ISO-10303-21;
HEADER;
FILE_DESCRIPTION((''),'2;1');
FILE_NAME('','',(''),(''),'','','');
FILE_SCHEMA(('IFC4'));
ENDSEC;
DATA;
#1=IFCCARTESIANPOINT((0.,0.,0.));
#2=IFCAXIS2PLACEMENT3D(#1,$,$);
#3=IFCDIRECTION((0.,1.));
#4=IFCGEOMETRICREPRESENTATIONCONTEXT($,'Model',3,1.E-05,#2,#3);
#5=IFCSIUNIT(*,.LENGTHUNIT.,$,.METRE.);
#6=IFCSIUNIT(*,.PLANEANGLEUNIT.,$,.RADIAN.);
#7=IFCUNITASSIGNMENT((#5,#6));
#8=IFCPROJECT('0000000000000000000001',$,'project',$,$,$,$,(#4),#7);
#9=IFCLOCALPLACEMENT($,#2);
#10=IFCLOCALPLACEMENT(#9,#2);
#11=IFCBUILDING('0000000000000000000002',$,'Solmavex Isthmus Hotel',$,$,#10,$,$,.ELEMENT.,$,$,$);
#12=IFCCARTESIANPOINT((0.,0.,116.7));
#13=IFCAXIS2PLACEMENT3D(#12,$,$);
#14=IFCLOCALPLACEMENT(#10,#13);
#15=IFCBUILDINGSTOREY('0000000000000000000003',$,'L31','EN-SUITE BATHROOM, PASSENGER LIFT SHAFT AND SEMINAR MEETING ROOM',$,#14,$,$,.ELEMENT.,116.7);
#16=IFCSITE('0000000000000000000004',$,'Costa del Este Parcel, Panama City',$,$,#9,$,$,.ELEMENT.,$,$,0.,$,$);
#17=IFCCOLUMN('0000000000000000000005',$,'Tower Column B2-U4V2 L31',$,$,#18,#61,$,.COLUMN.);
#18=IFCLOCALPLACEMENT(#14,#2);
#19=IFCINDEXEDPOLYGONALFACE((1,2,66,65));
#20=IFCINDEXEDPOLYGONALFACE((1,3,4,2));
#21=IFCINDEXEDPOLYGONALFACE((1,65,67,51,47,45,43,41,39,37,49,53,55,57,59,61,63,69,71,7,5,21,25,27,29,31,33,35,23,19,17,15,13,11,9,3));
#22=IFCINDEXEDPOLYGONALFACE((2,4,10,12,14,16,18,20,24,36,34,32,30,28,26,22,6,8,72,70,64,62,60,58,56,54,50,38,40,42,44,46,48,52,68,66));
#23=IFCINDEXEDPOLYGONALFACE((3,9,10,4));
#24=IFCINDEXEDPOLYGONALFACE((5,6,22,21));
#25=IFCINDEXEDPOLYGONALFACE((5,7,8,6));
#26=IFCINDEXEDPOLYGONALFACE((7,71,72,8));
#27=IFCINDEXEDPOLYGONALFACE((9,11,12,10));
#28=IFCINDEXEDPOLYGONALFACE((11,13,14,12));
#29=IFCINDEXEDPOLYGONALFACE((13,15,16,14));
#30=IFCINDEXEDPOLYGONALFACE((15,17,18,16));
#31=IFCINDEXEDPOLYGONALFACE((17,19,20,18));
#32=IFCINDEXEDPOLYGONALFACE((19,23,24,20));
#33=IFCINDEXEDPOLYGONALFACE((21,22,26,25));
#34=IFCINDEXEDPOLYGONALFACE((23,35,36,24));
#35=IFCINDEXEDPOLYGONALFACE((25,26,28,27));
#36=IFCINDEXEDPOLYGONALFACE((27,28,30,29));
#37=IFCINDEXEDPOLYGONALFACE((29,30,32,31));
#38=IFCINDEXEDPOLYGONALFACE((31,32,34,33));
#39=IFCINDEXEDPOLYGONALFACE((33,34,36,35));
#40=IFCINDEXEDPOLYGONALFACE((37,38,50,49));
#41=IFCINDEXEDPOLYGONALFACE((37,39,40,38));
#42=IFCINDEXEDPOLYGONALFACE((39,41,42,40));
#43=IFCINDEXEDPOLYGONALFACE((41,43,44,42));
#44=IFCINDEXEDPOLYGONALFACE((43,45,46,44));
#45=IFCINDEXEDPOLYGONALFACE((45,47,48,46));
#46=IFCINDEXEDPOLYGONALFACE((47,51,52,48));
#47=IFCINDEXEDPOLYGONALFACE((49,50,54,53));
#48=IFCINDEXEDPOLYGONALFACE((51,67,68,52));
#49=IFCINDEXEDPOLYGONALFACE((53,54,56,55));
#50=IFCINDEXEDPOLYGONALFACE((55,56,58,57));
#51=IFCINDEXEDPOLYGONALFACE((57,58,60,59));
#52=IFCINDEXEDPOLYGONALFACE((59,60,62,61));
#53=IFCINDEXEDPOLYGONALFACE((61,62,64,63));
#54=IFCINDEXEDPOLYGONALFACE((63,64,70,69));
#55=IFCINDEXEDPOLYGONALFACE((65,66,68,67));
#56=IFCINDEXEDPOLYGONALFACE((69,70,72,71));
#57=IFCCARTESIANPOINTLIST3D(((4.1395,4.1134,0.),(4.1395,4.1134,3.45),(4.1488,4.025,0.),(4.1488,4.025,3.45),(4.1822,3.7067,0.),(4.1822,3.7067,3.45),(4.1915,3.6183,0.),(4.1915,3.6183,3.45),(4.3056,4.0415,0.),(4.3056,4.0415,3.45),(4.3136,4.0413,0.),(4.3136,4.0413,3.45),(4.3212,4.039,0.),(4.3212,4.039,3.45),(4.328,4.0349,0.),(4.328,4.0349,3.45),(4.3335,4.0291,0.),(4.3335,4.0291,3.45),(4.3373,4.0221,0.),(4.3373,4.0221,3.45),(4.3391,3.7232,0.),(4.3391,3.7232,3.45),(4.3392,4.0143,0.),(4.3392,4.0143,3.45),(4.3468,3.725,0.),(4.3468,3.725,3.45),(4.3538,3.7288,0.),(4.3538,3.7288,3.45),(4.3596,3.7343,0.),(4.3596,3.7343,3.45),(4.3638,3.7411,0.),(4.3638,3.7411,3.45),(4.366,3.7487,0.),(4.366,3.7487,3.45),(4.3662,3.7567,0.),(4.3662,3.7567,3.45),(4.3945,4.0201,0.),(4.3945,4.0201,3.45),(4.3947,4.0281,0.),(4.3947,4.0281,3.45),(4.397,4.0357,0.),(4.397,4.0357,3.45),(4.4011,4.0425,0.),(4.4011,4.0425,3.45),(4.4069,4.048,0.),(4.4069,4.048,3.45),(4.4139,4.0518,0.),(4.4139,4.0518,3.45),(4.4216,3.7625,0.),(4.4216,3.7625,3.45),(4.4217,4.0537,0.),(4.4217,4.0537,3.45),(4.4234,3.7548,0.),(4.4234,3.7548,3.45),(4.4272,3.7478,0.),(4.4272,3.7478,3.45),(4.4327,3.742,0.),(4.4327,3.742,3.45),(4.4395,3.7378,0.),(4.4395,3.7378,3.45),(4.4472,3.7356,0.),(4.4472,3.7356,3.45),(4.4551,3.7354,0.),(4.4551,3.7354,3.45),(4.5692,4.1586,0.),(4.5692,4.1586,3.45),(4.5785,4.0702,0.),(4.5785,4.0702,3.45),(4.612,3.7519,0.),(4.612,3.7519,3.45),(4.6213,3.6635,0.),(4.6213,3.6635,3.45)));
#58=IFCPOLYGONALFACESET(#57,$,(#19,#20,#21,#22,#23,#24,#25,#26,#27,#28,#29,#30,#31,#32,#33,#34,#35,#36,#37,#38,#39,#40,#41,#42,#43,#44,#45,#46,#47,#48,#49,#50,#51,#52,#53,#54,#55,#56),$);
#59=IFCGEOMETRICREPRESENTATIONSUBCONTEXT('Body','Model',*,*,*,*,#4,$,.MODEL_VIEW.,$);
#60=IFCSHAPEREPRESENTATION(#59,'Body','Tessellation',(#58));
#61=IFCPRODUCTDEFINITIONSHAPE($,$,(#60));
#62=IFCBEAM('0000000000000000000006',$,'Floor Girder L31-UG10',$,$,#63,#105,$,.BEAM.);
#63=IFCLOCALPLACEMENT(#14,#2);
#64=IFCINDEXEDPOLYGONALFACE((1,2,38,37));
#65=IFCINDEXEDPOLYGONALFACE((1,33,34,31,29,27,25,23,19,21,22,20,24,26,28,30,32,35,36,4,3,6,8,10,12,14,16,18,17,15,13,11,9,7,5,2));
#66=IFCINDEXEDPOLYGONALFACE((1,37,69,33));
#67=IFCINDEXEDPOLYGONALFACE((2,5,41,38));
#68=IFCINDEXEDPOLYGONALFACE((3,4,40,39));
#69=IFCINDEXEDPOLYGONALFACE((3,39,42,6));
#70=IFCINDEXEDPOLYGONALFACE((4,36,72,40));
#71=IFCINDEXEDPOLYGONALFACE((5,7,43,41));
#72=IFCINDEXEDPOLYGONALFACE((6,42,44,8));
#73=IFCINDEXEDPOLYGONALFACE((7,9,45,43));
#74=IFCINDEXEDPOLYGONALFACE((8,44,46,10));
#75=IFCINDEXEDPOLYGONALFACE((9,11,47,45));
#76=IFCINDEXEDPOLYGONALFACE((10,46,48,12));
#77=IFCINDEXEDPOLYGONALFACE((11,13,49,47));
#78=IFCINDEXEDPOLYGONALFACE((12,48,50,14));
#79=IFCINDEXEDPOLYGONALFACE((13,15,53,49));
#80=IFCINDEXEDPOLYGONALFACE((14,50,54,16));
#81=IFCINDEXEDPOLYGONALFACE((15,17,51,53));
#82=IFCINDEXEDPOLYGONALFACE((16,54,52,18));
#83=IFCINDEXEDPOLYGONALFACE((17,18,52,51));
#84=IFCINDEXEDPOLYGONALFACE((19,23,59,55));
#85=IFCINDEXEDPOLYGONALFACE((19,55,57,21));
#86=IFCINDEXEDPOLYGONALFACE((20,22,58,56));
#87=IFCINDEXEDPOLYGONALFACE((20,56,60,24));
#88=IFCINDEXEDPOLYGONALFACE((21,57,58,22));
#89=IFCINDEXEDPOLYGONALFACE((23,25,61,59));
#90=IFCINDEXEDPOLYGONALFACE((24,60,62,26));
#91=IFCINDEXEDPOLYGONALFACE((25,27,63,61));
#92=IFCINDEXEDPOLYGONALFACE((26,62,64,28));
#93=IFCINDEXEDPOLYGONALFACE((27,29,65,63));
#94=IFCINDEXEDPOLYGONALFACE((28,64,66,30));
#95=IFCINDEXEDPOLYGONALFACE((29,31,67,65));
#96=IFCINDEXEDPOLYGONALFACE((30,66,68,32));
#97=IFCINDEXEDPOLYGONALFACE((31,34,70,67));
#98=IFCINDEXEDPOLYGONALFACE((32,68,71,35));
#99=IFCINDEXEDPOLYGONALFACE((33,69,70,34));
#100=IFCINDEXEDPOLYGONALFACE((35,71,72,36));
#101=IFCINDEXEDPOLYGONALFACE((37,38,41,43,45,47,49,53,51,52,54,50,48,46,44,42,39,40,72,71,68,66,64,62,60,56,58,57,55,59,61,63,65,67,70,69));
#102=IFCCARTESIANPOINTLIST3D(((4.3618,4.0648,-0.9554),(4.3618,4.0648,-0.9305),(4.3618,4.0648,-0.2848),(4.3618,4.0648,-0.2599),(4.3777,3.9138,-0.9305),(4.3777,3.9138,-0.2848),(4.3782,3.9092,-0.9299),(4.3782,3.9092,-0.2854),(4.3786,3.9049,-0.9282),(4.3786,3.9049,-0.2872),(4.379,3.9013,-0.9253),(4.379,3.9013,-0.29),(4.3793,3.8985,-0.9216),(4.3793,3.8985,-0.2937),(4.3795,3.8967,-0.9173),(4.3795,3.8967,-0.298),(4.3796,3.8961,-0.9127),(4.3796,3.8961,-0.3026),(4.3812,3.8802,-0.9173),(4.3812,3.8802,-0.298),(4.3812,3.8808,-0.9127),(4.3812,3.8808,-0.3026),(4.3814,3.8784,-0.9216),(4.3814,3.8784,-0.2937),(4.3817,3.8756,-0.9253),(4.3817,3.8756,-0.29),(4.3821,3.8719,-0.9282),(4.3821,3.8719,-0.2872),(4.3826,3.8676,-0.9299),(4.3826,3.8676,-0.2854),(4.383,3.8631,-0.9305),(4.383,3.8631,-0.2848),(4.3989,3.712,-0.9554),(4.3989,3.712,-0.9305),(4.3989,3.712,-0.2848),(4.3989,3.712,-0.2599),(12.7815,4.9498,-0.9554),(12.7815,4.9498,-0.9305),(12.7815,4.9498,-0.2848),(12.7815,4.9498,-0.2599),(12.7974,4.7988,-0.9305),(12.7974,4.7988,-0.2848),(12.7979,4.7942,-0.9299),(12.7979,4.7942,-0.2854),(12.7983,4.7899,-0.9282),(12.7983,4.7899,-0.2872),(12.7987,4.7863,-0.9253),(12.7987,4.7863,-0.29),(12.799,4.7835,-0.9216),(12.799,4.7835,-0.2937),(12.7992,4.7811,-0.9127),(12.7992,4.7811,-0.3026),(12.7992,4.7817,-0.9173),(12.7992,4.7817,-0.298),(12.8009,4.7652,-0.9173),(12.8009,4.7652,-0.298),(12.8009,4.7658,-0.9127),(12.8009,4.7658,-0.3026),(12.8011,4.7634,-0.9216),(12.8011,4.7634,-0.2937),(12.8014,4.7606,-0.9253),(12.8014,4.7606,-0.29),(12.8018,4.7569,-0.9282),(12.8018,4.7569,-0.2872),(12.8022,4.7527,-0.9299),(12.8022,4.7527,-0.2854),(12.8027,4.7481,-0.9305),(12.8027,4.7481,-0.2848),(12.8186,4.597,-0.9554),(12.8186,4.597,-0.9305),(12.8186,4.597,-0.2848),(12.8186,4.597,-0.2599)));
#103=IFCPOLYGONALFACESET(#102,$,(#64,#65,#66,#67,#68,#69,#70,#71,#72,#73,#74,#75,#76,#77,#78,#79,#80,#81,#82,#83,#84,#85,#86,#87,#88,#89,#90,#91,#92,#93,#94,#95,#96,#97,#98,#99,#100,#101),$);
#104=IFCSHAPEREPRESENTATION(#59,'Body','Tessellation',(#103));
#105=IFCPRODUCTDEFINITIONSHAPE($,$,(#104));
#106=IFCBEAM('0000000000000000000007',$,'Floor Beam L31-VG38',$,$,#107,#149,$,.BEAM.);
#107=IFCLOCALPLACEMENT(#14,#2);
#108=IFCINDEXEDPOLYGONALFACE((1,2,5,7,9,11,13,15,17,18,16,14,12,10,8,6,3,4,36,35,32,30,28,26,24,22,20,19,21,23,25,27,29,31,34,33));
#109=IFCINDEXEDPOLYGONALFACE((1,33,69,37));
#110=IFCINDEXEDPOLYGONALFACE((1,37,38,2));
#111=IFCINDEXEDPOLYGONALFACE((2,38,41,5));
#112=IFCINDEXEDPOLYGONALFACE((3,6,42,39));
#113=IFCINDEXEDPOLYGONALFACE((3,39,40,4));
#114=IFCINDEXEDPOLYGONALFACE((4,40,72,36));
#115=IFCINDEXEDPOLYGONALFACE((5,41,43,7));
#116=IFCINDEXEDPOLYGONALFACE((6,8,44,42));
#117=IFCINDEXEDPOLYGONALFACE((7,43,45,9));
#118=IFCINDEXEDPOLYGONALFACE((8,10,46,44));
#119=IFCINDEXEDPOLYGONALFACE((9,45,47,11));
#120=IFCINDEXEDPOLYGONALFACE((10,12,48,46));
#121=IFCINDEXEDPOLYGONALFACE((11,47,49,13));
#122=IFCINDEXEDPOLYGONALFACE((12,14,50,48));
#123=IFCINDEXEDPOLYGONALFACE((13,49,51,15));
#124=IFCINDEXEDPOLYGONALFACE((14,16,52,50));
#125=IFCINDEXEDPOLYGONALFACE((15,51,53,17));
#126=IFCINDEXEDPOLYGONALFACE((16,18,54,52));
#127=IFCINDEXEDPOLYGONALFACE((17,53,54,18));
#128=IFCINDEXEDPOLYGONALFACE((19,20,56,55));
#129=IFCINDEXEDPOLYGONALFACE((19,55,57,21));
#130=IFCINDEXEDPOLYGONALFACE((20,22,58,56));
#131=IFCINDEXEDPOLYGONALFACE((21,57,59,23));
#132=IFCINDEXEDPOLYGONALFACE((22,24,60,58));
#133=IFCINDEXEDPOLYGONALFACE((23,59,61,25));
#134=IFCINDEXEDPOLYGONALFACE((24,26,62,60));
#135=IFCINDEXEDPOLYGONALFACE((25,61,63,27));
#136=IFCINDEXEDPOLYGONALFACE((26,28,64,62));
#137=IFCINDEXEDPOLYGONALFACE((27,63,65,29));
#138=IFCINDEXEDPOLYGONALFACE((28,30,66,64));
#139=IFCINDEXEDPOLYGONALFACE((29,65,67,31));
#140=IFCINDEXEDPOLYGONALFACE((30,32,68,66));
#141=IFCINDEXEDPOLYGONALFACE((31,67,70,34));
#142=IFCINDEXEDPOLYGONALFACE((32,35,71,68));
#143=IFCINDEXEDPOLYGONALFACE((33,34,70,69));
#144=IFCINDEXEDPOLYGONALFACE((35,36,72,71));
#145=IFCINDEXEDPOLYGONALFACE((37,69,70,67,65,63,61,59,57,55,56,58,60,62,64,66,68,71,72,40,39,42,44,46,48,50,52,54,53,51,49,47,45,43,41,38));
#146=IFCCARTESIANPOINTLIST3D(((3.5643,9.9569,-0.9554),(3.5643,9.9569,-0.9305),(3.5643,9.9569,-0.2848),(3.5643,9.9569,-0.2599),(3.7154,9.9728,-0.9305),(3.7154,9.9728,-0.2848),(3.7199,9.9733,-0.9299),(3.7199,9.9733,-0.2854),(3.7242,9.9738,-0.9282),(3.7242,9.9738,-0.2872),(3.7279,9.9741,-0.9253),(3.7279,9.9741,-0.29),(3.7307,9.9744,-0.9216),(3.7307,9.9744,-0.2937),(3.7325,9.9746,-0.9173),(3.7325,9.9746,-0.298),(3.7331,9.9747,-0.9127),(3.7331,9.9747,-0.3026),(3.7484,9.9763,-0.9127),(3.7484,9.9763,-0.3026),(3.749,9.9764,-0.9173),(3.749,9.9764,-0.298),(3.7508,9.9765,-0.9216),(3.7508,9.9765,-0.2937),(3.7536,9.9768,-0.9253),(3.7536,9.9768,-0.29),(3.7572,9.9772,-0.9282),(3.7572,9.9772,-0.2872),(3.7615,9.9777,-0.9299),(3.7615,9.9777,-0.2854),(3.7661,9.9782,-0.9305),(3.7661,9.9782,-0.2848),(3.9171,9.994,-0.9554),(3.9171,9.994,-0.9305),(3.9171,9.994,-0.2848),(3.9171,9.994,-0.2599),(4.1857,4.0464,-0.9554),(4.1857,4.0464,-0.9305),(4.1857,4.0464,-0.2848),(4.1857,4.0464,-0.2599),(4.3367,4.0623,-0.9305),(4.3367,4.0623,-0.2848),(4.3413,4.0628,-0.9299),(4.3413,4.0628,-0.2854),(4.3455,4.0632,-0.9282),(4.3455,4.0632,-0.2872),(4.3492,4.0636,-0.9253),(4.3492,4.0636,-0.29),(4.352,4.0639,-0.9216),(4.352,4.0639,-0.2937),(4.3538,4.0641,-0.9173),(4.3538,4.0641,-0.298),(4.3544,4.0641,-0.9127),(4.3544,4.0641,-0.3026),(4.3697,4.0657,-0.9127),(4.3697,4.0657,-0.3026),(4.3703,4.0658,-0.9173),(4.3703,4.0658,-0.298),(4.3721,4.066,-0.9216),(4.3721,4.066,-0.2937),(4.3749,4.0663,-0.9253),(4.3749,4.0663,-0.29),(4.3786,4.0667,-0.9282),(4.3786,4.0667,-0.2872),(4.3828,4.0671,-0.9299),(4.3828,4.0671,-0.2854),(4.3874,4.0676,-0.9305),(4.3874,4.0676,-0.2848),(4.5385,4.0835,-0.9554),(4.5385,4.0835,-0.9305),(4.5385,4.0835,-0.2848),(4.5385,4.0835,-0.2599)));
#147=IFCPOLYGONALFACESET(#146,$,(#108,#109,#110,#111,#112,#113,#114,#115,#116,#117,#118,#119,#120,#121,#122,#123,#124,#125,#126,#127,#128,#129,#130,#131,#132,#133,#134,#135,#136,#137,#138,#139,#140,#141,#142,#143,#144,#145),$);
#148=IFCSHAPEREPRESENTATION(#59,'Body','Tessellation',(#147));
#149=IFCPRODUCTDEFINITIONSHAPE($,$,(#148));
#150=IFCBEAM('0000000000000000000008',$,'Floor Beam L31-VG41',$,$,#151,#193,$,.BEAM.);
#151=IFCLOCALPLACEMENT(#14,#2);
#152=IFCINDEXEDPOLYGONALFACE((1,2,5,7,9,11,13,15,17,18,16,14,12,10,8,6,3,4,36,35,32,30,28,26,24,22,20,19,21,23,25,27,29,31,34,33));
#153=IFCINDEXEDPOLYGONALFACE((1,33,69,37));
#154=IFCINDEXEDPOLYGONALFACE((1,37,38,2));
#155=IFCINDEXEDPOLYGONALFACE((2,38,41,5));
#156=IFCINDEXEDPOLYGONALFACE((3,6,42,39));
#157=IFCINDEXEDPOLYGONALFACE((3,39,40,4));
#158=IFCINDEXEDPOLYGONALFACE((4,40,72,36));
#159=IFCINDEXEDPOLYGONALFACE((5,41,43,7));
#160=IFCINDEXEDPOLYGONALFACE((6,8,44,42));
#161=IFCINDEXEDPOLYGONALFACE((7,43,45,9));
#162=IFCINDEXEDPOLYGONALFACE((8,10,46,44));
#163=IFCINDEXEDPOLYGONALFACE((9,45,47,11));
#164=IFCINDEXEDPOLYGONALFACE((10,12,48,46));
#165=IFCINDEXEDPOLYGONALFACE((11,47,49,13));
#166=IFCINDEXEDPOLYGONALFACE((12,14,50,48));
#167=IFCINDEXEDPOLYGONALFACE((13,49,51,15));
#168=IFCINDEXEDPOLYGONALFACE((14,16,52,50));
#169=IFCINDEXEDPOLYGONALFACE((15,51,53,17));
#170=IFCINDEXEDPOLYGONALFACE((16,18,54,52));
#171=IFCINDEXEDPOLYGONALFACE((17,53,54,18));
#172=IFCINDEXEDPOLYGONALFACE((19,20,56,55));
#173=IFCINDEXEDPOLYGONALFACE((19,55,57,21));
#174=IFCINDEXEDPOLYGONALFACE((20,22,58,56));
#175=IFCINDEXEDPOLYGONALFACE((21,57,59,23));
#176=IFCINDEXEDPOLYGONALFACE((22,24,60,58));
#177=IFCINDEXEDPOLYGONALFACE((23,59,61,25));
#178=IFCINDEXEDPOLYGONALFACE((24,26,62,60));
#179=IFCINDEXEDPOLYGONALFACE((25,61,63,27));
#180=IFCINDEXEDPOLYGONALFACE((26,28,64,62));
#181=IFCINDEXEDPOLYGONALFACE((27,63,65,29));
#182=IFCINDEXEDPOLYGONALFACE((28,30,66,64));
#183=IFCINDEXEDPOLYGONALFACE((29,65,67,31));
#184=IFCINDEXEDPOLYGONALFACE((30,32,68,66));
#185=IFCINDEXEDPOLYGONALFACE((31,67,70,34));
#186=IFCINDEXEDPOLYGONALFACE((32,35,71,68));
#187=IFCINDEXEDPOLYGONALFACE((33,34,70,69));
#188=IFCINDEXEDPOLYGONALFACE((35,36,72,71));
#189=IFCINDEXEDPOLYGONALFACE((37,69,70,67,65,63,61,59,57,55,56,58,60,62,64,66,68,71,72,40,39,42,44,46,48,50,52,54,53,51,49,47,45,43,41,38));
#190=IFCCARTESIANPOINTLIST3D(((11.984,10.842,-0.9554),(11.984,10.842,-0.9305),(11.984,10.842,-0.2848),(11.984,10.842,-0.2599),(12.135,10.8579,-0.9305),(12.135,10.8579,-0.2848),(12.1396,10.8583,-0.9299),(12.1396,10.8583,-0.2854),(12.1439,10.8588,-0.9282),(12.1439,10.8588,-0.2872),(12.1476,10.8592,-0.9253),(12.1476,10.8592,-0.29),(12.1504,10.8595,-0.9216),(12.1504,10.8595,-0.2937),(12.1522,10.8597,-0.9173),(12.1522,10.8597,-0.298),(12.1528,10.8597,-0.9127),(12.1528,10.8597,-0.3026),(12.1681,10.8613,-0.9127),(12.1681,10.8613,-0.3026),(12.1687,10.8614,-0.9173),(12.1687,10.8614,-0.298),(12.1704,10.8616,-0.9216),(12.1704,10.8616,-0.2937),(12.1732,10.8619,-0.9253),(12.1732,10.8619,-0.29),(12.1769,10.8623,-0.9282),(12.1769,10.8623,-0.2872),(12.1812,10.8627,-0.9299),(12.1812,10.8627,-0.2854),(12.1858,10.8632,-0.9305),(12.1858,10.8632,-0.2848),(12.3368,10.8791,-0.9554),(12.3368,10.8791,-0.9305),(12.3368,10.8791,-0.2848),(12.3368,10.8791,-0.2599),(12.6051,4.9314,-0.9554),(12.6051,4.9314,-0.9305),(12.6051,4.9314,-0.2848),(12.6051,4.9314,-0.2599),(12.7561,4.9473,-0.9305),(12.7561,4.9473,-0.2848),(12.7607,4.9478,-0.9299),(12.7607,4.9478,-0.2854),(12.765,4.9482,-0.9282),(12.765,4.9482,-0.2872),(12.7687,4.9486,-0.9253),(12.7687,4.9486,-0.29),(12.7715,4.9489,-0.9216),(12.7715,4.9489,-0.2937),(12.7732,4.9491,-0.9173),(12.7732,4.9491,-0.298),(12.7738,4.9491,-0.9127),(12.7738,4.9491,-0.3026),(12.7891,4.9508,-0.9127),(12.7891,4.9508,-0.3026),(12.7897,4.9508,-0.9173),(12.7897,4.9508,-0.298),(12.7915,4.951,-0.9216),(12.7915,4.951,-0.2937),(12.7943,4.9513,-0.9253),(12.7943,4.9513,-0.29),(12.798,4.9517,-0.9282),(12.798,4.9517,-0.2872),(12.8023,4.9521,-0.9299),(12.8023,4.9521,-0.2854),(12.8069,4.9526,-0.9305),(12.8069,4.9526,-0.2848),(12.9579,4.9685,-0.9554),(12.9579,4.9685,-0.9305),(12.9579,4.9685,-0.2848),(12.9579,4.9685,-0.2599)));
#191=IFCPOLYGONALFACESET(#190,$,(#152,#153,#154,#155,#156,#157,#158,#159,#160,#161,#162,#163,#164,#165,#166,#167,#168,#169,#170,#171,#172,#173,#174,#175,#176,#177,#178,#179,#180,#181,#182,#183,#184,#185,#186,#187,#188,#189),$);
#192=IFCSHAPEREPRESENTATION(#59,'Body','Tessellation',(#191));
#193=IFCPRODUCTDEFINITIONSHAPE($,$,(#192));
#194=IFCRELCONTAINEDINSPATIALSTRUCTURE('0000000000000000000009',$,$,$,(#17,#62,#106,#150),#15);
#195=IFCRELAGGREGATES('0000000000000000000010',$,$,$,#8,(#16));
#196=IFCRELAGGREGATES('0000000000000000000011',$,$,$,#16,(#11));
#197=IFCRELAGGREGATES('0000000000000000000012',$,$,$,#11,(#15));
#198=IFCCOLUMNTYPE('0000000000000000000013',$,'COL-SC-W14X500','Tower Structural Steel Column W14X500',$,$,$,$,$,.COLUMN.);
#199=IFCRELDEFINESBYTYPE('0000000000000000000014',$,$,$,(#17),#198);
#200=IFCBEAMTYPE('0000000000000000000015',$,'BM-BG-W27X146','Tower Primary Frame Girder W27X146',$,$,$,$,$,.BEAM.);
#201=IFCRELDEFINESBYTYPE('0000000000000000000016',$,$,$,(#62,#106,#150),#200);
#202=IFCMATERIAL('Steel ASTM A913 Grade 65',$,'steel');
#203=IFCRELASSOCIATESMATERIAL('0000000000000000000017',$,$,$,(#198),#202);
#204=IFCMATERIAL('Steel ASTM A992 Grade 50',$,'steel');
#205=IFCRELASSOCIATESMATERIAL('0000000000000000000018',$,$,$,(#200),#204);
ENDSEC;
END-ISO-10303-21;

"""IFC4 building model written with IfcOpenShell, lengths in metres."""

from ifc_helpers import new_model, si_unit, direction, frame, origin, origin_2d, place, context, subcontext, project, spatial, i_section, extrude, material, material_profile, profile_set, type_object, element, save


model = new_model("IFC4")

# Units and contexts
model_context = context("Model", 3, precision=1e-05, world=origin(), true_north=direction((0.0, 1.0)))
body_context = subcontext(model_context, "Body", "Model", "MODEL_VIEW")
ifc_project = project(units=[si_unit("LENGTHUNIT", "METRE"), si_unit("PLANEANGLEUNIT", "RADIAN")], contexts=[model_context])

# Site, building, storey
site_placement = place(None, origin())
site = spatial("IfcSite", under=ifc_project, at=site_placement, Name="Costa del Este Parcel, Panama City", CompositionType="ELEMENT", RefElevation=0.0)
building_placement = place(site_placement, origin())
building = spatial("IfcBuilding", under=site, at=building_placement, Name="Solmavex Isthmus Hotel", CompositionType="ELEMENT")
storey_placement = place(building_placement, frame((0.0, 0.0, 116.7)))
storey = spatial("IfcBuildingStorey", under=building, at=storey_placement, Name="L31", Description="EN-SUITE BATHROOM, PASSENGER LIFT SHAFT AND SEMINAR MEETING ROOM", CompositionType="ELEMENT", Elevation=116.7)

# Column
ifc_material_1 = material(Name="Steel ASTM A913 Grade 65", Category="steel")
ifc_material_profile_1 = material_profile(ifc_material_1, i_section(OverallWidth=0.4321, OverallDepth=0.4978, WebThickness=0.0557, FlangeThickness=0.0889, FilletRadius=0.0305, at=origin_2d()), Name="W14X500")
ifc_profile_set_1 = profile_set([ifc_material_profile_1], Name="Steel ASTM A913 Grade 65")
column_type = type_object("IfcColumnType", Name="COL-SC-W14X500", Description="Tower Structural Steel Column W14X500", PredefinedType="COLUMN", material=ifc_profile_set_1)
column_placement = place(storey_placement, frame((4.3804, 3.8884, 0.0), z_axis=(0.0, 0.0, 1.0), x_axis=(0.994522, 0.104528, 0.0)))
element("IfcColumn", 1, at=column_placement, inside=storey, type_object=column_type, Name="Tower Column B2-U4V2 L31", PredefinedType="COLUMN", context=body_context, shape_type="SweptSolid", body=[
    extrude(i_section(OverallWidth=0.4321, OverallDepth=0.4978, WebThickness=0.0557, FlangeThickness=0.0889, FilletRadius=0.0305, at=origin_2d()), origin(), (0.0, 0.0, 1.0), 3.45),
])

# Beams
ifc_material_2 = material(Name="Steel ASTM A992 Grade 50", Category="steel")
ifc_material_profile_2 = material_profile(ifc_material_2, i_section(OverallWidth=0.3547, OverallDepth=0.6956, WebThickness=0.0154, FlangeThickness=0.0249, FilletRadius=0.0178, at=origin_2d()), Name="W27X146")
ifc_profile_set_2 = profile_set([ifc_material_profile_2], Name="Steel ASTM A992 Grade 50")
beam_type_1 = type_object("IfcBeamType", Name="BM-BG-W27X146", Description="Tower Primary Frame Girder W27X146", PredefinedType="BEAM", material=ifc_profile_set_2)
beam_placement = place(storey_placement, frame((4.3804, 3.8884, -0.6077), z_axis=(0.994521, 0.104536, 0.0), x_axis=(-0.104536, 0.994521, 0.0)))
element("IfcBeam", 2, at=beam_placement, inside=storey, type_object=beam_type_1, Name="Floor Girder L31-UG10", PredefinedType="BEAM", context=body_context, shape_type="SweptSolid", body=[
    extrude(i_section(OverallWidth=0.3547, OverallDepth=0.6956, WebThickness=0.0154, FlangeThickness=0.0249, FilletRadius=0.0178, at=origin_2d()), origin(), (0.0, 0.0, 1.0), 8.4661),
])
for number, where, z_axis, x_axis, name in (
    (3, (4.3621, 4.0649, -0.6077), (-0.104546, 0.99452, 0.0), (-0.99452, -0.104546, 0.0), "Floor Beam L31-VG38"),
    (4, (12.7815, 4.95, -0.6077), (-0.104505, 0.994524, 0.0), (-0.994524, -0.104505, 0.0), "Floor Beam L31-VG41"),
):
    element("IfcBeam", number, at=place(storey_placement, frame(where, z_axis=z_axis, x_axis=x_axis)), inside=storey, type_object=beam_type_1, Name=name, PredefinedType="BEAM", context=body_context, shape_type="SweptSolid", body=[
        extrude(i_section(OverallWidth=0.3547, OverallDepth=0.6956, WebThickness=0.0154, FlangeThickness=0.0249, FilletRadius=0.0178, at=origin_2d()), origin(), (0.0, 0.0, 1.0), 5.9431),
    ])

save(model, "model.ifc")
